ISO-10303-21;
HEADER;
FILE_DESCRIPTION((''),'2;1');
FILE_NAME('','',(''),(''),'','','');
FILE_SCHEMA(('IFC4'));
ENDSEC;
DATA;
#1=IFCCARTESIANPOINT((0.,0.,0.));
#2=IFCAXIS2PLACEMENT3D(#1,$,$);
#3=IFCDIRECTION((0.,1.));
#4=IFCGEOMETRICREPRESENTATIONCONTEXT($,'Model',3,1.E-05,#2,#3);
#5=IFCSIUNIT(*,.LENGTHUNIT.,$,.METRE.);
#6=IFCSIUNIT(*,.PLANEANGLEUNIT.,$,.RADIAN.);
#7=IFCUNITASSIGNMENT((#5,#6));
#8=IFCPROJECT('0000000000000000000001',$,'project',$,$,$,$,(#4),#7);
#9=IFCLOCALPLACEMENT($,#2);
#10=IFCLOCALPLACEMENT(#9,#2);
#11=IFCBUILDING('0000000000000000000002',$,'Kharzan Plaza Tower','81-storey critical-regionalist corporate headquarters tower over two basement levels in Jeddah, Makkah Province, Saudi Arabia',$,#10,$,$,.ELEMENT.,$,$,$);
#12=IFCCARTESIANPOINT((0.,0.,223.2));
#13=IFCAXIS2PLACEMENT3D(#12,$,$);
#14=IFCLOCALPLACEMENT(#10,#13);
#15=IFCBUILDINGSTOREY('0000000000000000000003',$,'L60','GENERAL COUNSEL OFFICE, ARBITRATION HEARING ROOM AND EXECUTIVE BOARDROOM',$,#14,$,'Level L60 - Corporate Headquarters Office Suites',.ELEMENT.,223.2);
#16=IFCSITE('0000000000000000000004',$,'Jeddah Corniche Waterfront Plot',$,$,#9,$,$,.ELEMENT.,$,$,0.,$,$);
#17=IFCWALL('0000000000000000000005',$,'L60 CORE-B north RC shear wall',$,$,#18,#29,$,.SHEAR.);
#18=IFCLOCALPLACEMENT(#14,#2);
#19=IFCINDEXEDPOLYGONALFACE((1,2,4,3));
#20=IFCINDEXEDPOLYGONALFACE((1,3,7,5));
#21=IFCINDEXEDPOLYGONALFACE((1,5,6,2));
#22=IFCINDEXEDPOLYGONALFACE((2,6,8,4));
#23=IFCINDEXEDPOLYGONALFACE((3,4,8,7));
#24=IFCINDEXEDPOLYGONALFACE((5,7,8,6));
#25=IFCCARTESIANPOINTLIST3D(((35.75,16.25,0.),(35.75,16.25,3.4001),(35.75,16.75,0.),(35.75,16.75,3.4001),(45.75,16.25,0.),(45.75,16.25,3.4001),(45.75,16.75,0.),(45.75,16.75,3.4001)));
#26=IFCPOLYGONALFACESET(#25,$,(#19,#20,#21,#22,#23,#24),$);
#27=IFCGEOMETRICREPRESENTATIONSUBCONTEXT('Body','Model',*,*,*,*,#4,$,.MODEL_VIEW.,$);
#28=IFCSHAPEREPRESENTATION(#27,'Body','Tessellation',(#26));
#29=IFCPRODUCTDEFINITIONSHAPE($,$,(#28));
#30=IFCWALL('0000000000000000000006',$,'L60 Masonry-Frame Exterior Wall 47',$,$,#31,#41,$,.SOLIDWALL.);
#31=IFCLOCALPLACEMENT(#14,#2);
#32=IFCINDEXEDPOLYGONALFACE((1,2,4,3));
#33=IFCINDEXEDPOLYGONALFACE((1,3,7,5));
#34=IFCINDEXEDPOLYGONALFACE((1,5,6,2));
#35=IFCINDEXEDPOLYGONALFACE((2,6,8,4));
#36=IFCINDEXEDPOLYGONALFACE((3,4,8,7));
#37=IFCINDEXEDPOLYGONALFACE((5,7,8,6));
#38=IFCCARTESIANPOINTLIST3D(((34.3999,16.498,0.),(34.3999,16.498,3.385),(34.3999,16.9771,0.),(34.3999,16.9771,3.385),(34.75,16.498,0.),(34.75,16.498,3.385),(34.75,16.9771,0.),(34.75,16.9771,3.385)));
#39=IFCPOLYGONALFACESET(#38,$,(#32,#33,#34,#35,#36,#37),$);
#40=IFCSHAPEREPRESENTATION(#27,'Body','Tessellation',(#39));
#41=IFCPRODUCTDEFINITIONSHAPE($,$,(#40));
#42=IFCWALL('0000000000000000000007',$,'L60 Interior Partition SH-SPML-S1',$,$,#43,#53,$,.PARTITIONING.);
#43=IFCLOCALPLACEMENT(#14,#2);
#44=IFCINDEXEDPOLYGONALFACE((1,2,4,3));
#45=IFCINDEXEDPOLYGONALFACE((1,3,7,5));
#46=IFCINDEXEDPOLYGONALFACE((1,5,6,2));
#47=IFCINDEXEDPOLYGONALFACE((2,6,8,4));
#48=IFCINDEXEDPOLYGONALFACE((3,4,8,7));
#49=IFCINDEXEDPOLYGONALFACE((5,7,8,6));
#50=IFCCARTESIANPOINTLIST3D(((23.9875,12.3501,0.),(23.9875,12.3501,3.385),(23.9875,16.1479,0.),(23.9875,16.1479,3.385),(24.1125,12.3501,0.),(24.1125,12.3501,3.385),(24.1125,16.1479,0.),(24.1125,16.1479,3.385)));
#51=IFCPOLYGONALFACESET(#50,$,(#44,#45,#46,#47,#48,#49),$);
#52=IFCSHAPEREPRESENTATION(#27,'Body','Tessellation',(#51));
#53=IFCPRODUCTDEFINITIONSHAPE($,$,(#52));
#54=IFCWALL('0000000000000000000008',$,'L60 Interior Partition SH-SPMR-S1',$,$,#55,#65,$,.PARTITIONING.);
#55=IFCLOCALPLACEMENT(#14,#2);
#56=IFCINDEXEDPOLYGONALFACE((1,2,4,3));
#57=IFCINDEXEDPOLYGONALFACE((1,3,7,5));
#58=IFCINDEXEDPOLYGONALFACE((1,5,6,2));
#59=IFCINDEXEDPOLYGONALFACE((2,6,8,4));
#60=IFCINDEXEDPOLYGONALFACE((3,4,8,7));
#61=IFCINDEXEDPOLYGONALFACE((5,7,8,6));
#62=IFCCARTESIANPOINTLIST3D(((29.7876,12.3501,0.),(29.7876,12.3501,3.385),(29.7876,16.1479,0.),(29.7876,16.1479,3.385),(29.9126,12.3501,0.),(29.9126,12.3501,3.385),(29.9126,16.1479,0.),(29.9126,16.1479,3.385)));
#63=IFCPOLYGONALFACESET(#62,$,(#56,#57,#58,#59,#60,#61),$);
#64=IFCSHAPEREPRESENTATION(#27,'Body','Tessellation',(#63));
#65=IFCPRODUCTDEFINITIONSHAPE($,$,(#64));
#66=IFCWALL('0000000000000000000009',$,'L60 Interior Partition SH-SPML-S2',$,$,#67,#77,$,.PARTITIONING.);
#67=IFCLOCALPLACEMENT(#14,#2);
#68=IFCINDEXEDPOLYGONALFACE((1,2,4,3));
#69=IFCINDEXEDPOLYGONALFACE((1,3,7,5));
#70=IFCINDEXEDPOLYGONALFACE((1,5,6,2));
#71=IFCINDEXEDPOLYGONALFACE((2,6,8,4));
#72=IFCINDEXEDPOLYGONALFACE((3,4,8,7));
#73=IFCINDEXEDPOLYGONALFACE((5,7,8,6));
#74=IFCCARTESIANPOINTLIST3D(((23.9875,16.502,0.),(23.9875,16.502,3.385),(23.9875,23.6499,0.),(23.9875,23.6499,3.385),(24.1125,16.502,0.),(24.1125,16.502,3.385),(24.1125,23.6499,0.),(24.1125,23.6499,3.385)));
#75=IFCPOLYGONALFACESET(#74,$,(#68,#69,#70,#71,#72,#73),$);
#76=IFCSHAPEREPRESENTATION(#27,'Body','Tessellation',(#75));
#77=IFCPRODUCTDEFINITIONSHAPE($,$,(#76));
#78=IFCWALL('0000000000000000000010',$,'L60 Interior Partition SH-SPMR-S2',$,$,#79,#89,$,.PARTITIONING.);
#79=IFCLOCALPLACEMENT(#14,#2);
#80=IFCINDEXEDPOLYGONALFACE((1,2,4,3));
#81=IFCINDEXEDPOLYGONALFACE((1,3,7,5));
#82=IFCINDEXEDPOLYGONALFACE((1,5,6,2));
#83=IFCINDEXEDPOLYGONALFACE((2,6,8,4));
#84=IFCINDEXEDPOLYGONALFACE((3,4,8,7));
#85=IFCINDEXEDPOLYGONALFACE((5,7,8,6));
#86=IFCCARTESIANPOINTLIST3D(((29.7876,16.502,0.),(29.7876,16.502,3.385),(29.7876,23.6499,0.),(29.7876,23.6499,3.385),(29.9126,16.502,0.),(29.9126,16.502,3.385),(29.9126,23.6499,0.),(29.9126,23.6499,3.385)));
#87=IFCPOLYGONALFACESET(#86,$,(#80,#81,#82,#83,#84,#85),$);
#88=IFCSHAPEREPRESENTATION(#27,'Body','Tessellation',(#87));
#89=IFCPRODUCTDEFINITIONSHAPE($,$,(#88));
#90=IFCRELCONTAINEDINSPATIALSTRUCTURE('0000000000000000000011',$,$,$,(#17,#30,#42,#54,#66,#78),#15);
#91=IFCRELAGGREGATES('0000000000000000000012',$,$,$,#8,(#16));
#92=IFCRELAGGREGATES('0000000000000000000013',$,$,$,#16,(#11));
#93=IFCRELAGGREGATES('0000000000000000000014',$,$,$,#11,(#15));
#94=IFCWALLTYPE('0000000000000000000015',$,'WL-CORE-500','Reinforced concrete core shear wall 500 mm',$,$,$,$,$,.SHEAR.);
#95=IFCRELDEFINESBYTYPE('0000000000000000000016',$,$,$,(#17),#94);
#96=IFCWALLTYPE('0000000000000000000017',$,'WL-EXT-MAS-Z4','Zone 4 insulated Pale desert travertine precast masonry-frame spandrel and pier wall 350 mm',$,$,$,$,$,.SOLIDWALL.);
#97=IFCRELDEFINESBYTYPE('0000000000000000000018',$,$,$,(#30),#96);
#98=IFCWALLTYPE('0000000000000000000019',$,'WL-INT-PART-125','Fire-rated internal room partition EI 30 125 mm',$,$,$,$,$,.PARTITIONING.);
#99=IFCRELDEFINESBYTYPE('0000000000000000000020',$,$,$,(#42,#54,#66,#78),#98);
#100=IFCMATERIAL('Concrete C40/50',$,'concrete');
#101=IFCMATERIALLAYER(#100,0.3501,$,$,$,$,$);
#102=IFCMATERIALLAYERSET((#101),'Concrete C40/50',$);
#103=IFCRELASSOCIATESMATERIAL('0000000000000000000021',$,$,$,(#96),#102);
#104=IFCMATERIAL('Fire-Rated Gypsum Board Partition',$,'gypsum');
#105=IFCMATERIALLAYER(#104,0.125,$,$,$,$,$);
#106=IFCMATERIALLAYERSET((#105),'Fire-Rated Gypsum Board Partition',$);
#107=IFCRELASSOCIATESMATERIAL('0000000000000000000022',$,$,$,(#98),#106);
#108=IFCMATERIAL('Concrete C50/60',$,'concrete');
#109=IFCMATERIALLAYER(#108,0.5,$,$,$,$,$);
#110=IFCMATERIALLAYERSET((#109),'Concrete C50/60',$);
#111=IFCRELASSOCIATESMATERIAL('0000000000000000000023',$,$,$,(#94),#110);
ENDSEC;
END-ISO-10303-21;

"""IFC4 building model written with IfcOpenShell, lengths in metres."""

from ifc_helpers import new_model, si_unit, direction, frame, frame_2d, origin, place, context, subcontext, project, spatial, rectangle, extrude, source, transform, mapped, material, layer, layer_set, type_object, element, save


model = new_model("IFC4")

# Units and contexts
model_context = context("Model", 3, precision=1e-05, world=origin(), true_north=direction((0.0, 1.0)))
body_context = subcontext(model_context, "Body", "Model", "MODEL_VIEW")
ifc_project = project(units=[si_unit("LENGTHUNIT", "METRE"), si_unit("PLANEANGLEUNIT", "RADIAN")], contexts=[model_context])

# Site, building, storey
site_placement = place(None, origin())
site = spatial("IfcSite", under=ifc_project, at=site_placement, Name="Jeddah Corniche Waterfront Plot", CompositionType="ELEMENT", RefElevation=0.0)
building_placement = place(site_placement, origin())
building = spatial("IfcBuilding", under=site, at=building_placement, Name="Kharzan Plaza Tower", Description="81-storey critical-regionalist corporate headquarters tower over two basement levels in Jeddah, Makkah Province, Saudi Arabia", CompositionType="ELEMENT")
storey_placement = place(building_placement, frame((0.0, 0.0, 223.2)))
storey = spatial("IfcBuildingStorey", under=building, at=storey_placement, Name="L60", Description="GENERAL COUNSEL OFFICE, ARBITRATION HEARING ROOM AND EXECUTIVE BOARDROOM", LongName="Level L60 - Corporate Headquarters Office Suites", CompositionType="ELEMENT", Elevation=223.2)

# Shared definitions
ifc_material_1 = material(Name="Concrete C50/60", Category="concrete")

# Shared definitions
ifc_material_2 = material(Name="Concrete C40/50", Category="concrete")
ifc_layer_1 = layer(ifc_material_2, 0.3501)
ifc_layer_set_1 = layer_set([ifc_layer_1], Name="Concrete C40/50")
wall_type_1 = type_object("IfcWallType", Name="WL-EXT-MAS-Z4", Description="Zone 4 insulated Pale desert travertine precast masonry-frame spandrel and pier wall 350 mm", PredefinedType="SOLIDWALL", material=ifc_layer_set_1)

# Shared definitions
ifc_material_3 = material(Name="Fire-Rated Gypsum Board Partition", Category="gypsum")
ifc_layer_2 = layer(ifc_material_3, 0.125)
ifc_layer_set_2 = layer_set([ifc_layer_2], Name="Fire-Rated Gypsum Board Partition")
wall_type_2 = type_object("IfcWallType", Name="WL-INT-PART-125", Description="Fire-rated internal room partition EI 30 125 mm", PredefinedType="PARTITIONING", material=ifc_layer_set_2)

# Walls
ifc_layer_3 = layer(ifc_material_1, 0.5)
ifc_layer_set_3 = layer_set([ifc_layer_3], Name="Concrete C50/60")
wall_type_3 = type_object("IfcWallType", Name="WL-CORE-500", Description="Reinforced concrete core shear wall 500 mm", PredefinedType="SHEAR", material=ifc_layer_set_3)
shared_shape_1 = source(origin(), body_context, "Body", "SweptSolid", [
    extrude(rectangle(XDim=10.0, YDim=0.5, at=frame_2d((5.0, 0.0))), origin(), (0.0, 0.0, 1.0), 3.4001),
])
wall_1_placement = place(storey_placement, frame((35.75, 16.5, 0.0), z_axis=(0.0, 0.0, 1.0), x_axis=(1.0, 0.0, 0.0)))
element("IfcWall", 1, at=wall_1_placement, inside=storey, type_object=wall_type_3, Name="L60 CORE-B north RC shear wall", PredefinedType="SHEAR", context=body_context, shape_type="MappedRepresentation", body=[
    mapped(shared_shape_1, transform((0.0, 0.0, 0.0), x_axis=(1.0, 0.0, 0.0), y_axis=(0.0, 1.0, 0.0), z_axis=(0.0, 0.0, 1.0))),
])
shared_shape_2 = source(origin(), body_context, "Body", "SweptSolid", [
    extrude(rectangle(XDim=0.479, YDim=0.3501, at=frame_2d((0.2395, 0.0))), origin(), (0.0, 0.0, 1.0), 3.385),
])
wall_2_placement = place(storey_placement, frame((34.575, 16.9771, 0.0), z_axis=(0.0, 0.0, 1.0), x_axis=(0.0, -1.0, 0.0)))
element("IfcWall", 2, at=wall_2_placement, inside=storey, type_object=wall_type_1, Name="L60 Masonry-Frame Exterior Wall 47", PredefinedType="SOLIDWALL", context=body_context, shape_type="MappedRepresentation", body=[
    mapped(shared_shape_2, transform((0.0, 0.0, 0.0), x_axis=(1.0, 0.0, 0.0), y_axis=(0.0, 1.0, 0.0), z_axis=(0.0, 0.0, 1.0))),
])
shared_shape_3 = source(origin(), body_context, "Body", "SweptSolid", [
    extrude(rectangle(XDim=3.7979, YDim=0.125, at=frame_2d((1.8989, 0.0))), origin(), (0.0, 0.0, 1.0), 3.385),
])
for number, where, z_axis, x_axis, name in (
    (3, (24.05, 12.3501, 0.0), (0.0, 0.0, 1.0), (0.0, 1.0, 0.0), "L60 Interior Partition SH-SPML-S1"),
    (4, (29.8501, 12.3501, 0.0), (0.0, 0.0, 1.0), (0.0, 1.0, 0.0), "L60 Interior Partition SH-SPMR-S1"),
):
    element("IfcWall", number, at=place(storey_placement, frame(where, z_axis=z_axis, x_axis=x_axis)), inside=storey, type_object=wall_type_2, Name=name, PredefinedType="PARTITIONING", context=body_context, shape_type="MappedRepresentation", body=[
        mapped(shared_shape_3, transform((0.0, 0.0, 0.0), x_axis=(1.0, 0.0, 0.0), y_axis=(0.0, 1.0, 0.0), z_axis=(0.0, 0.0, 1.0))),
    ])
shared_shape_4 = source(origin(), body_context, "Body", "SweptSolid", [
    extrude(rectangle(XDim=7.1479, YDim=0.125, at=frame_2d((3.574, 0.0))), origin(), (0.0, 0.0, 1.0), 3.385),
])
for number, where, z_axis, x_axis, name in (
    (5, (24.05, 16.502, 0.0), (0.0, 0.0, 1.0), (0.0, 1.0, 0.0), "L60 Interior Partition SH-SPML-S2"),
    (6, (29.8501, 16.502, 0.0), (0.0, 0.0, 1.0), (0.0, 1.0, 0.0), "L60 Interior Partition SH-SPMR-S2"),
):
    element("IfcWall", number, at=place(storey_placement, frame(where, z_axis=z_axis, x_axis=x_axis)), inside=storey, type_object=wall_type_2, Name=name, PredefinedType="PARTITIONING", context=body_context, shape_type="MappedRepresentation", body=[
        mapped(shared_shape_4, transform((0.0, 0.0, 0.0), x_axis=(1.0, 0.0, 0.0), y_axis=(0.0, 1.0, 0.0), z_axis=(0.0, 0.0, 1.0))),
    ])

save(model, "model.ifc")
